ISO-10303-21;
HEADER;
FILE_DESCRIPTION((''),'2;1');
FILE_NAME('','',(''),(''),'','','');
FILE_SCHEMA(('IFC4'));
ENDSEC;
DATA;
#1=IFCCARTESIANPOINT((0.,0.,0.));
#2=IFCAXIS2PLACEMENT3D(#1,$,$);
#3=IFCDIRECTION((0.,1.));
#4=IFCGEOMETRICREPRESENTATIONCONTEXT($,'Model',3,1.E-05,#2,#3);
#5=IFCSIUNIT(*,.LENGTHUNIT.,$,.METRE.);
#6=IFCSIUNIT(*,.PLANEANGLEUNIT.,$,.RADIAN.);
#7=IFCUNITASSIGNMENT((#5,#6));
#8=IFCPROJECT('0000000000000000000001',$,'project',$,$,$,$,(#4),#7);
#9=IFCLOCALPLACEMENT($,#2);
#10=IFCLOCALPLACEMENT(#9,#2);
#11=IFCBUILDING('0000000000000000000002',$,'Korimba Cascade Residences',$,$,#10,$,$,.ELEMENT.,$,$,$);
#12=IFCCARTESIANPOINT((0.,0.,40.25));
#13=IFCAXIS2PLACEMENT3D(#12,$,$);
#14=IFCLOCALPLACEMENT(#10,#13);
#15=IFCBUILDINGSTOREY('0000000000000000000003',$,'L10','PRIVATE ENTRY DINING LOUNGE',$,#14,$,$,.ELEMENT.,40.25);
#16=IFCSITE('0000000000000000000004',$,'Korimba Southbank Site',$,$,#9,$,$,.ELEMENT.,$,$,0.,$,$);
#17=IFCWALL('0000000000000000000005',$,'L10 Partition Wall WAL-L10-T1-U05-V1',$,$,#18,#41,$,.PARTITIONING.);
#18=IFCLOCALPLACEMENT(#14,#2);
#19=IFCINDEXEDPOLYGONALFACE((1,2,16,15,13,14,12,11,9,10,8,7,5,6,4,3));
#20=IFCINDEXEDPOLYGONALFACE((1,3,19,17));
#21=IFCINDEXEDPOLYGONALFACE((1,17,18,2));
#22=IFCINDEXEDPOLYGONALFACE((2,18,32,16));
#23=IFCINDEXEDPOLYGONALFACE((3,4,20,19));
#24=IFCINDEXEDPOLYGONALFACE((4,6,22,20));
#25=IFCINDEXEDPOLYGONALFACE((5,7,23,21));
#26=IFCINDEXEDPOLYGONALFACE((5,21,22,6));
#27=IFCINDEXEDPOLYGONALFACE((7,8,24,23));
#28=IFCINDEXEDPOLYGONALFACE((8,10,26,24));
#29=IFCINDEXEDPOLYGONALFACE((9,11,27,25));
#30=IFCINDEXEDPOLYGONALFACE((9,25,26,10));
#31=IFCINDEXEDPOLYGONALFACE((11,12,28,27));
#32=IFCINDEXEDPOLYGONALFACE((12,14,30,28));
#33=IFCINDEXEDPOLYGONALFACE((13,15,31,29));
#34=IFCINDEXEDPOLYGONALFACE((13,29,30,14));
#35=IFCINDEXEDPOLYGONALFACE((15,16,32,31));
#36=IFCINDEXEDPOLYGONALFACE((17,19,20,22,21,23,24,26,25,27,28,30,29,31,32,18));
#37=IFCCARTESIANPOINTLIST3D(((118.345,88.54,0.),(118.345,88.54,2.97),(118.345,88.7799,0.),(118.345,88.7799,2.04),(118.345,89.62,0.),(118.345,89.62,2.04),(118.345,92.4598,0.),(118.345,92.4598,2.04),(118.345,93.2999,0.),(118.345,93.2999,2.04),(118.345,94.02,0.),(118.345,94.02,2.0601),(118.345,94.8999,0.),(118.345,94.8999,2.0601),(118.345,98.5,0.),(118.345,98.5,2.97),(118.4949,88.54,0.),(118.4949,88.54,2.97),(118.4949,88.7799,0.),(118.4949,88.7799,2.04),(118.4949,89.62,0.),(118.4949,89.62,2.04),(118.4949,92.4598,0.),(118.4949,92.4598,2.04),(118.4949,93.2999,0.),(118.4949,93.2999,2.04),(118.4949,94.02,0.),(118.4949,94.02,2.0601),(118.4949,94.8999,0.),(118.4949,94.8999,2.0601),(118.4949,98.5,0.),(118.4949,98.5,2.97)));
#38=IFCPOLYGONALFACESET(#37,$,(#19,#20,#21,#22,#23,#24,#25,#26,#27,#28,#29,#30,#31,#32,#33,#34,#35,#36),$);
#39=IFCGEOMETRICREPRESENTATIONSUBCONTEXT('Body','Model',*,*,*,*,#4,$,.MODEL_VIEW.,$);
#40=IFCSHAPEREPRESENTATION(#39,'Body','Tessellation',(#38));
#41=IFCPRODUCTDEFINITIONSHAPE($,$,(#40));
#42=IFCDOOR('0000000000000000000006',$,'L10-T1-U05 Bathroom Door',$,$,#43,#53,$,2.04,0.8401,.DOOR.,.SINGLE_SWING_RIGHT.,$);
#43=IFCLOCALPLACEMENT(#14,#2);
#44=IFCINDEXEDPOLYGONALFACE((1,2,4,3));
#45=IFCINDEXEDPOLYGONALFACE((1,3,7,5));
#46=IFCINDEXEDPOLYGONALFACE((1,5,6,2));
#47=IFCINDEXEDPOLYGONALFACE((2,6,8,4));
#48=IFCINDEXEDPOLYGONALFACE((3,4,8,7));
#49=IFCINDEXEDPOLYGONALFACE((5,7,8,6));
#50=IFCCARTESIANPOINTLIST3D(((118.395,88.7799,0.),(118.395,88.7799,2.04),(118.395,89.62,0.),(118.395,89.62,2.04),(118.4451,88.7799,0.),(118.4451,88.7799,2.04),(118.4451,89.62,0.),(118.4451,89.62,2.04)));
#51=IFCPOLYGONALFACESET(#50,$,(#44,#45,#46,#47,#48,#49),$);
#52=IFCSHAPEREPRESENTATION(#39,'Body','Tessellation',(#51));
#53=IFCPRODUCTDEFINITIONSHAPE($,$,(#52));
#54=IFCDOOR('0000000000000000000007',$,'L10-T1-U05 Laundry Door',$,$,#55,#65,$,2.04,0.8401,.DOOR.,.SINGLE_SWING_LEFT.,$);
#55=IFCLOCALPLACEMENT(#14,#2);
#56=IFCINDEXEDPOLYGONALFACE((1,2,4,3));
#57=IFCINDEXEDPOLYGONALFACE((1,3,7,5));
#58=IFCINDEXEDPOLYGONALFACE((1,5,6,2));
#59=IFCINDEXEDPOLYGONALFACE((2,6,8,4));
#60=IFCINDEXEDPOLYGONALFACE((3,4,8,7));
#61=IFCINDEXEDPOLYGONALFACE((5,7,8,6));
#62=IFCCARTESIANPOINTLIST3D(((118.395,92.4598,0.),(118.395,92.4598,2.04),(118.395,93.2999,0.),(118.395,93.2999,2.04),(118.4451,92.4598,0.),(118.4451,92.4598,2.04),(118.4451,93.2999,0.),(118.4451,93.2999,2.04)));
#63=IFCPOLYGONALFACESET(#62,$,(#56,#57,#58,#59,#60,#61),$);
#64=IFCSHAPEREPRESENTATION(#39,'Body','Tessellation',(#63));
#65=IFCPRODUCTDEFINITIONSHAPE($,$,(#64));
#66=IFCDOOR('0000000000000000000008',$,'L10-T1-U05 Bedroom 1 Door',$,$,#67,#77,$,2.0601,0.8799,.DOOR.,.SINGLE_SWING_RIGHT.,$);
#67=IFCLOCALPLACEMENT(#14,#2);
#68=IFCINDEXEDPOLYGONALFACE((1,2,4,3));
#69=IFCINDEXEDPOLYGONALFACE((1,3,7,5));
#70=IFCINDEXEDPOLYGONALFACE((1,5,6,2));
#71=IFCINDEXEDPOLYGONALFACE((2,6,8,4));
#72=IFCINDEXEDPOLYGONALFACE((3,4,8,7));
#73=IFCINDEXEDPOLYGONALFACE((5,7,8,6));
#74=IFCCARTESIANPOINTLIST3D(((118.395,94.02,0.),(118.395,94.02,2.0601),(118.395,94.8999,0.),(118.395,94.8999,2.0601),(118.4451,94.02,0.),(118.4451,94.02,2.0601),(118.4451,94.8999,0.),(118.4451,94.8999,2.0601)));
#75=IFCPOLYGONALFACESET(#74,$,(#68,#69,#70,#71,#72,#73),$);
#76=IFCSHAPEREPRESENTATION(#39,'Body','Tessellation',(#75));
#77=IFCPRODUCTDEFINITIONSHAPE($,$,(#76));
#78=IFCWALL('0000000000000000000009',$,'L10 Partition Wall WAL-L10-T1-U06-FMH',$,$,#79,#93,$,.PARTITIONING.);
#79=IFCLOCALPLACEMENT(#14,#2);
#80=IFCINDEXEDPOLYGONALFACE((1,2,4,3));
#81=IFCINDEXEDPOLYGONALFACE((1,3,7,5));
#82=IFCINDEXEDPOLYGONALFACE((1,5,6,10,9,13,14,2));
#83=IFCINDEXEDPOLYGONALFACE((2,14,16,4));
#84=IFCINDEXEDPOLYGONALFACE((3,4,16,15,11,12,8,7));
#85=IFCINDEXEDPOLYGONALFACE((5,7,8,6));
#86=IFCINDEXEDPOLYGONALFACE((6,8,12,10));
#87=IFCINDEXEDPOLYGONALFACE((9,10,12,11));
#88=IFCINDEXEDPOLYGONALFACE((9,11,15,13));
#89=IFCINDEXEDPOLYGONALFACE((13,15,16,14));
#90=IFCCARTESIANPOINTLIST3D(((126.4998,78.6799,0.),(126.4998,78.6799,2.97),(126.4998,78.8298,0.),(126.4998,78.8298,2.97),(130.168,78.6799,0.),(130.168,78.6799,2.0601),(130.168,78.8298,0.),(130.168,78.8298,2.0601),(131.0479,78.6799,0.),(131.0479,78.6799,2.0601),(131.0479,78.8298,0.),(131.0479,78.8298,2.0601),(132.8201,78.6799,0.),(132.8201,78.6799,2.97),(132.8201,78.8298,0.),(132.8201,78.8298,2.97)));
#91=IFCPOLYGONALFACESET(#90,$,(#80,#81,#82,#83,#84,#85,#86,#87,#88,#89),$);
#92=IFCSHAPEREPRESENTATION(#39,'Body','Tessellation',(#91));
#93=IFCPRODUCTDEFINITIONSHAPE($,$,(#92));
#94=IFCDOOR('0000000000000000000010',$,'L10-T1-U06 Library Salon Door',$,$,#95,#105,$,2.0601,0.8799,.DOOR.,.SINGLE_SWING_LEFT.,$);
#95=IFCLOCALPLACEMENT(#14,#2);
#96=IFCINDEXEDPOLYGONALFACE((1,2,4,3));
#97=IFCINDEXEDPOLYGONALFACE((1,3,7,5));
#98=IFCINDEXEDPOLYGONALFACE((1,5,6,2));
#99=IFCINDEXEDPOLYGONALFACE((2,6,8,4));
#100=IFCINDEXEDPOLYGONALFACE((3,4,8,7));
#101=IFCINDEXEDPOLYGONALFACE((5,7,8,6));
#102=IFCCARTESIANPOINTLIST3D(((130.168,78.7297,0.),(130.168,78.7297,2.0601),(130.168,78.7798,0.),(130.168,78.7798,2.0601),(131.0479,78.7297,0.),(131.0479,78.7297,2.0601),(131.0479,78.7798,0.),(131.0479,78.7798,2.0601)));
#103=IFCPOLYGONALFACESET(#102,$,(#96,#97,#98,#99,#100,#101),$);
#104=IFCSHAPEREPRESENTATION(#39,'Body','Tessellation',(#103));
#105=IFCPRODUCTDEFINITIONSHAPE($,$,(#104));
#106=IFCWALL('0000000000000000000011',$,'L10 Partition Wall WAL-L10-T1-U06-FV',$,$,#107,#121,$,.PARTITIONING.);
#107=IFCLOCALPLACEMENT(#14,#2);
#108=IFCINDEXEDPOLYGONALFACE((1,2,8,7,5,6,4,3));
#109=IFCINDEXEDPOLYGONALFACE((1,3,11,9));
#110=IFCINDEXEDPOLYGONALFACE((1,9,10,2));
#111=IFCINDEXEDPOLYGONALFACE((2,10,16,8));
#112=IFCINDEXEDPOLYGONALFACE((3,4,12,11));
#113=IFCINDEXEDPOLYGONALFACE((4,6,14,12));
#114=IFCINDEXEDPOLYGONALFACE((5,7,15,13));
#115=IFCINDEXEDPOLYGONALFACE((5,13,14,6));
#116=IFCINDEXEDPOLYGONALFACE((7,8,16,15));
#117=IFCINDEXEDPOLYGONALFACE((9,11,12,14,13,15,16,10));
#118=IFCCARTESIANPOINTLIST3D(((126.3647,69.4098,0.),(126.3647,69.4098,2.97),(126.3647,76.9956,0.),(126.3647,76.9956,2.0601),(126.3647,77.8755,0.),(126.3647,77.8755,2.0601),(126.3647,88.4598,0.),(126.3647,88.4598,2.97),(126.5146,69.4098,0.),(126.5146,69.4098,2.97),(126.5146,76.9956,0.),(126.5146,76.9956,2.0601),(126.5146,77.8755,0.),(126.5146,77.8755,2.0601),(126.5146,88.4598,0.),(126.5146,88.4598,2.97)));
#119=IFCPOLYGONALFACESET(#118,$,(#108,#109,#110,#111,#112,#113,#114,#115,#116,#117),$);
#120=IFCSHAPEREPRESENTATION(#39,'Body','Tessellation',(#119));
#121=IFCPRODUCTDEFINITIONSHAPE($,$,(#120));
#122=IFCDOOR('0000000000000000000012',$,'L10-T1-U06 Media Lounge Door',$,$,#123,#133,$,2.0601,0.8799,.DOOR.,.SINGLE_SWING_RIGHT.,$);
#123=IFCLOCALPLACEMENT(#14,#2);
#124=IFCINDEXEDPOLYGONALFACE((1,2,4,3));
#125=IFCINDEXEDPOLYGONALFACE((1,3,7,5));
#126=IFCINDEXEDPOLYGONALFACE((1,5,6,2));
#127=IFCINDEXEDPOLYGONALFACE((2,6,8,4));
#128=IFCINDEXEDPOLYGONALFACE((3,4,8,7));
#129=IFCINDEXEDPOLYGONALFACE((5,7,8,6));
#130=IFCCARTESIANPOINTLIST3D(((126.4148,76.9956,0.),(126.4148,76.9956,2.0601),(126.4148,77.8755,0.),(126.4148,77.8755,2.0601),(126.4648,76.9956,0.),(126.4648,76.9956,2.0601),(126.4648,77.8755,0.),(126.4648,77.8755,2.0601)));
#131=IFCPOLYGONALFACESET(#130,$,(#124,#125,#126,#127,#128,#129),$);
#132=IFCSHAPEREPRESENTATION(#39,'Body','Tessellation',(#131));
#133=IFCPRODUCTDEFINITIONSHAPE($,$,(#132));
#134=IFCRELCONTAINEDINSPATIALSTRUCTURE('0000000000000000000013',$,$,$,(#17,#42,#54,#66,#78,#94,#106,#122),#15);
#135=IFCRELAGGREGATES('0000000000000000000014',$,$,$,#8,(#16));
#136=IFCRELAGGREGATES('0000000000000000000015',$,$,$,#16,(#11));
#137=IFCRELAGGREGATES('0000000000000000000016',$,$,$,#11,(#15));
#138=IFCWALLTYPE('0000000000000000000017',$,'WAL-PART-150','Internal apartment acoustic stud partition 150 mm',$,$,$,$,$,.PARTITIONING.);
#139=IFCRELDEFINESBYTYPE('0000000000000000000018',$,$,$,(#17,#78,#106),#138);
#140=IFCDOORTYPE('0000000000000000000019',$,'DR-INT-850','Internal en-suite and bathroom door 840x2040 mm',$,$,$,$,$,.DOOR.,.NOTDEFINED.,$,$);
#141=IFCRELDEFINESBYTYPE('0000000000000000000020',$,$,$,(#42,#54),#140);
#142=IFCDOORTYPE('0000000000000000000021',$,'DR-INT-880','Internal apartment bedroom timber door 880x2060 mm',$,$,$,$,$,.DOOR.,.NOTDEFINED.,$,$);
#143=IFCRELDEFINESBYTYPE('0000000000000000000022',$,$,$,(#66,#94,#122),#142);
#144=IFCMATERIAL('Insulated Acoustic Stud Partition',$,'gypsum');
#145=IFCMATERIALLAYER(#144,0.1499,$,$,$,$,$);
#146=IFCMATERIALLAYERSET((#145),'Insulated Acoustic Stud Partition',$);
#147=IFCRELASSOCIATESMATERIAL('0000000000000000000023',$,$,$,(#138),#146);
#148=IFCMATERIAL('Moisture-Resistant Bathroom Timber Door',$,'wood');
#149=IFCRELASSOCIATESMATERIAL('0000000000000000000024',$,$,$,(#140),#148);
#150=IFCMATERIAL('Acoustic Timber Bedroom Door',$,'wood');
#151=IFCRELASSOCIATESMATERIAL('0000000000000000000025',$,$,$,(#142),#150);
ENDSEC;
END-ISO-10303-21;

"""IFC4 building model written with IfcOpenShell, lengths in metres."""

from ifc_helpers import new_model, si_unit, direction, frame, frame_2d, origin, place, context, subcontext, project, spatial, rectangle, extrude, material, layer, layer_set, type_object, element, fill, save


model = new_model("IFC4")

# Units and contexts
model_context = context("Model", 3, precision=1e-05, world=origin(), true_north=direction((0.0, 1.0)))
body_context = subcontext(model_context, "Body", "Model", "MODEL_VIEW")
ifc_project = project(units=[si_unit("LENGTHUNIT", "METRE"), si_unit("PLANEANGLEUNIT", "RADIAN")], contexts=[model_context])

# Site, building, storey
site_placement = place(None, origin())
site = spatial("IfcSite", under=ifc_project, at=site_placement, Name="Korimba Southbank Site", CompositionType="ELEMENT", RefElevation=0.0)
building_placement = place(site_placement, origin())
building = spatial("IfcBuilding", under=site, at=building_placement, Name="Korimba Cascade Residences", CompositionType="ELEMENT")
storey_placement = place(building_placement, frame((0.0, 0.0, 40.25)))
storey = spatial("IfcBuildingStorey", under=building, at=storey_placement, Name="L10", Description="PRIVATE ENTRY DINING LOUNGE", CompositionType="ELEMENT", Elevation=40.25)

# Shared definitions
ifc_material_1 = material(Name="Insulated Acoustic Stud Partition", Category="gypsum")
ifc_layer_1 = layer(ifc_material_1, 0.1499)
ifc_layer_set_1 = layer_set([ifc_layer_1], Name="Insulated Acoustic Stud Partition")
wall_type_1 = type_object("IfcWallType", Name="WAL-PART-150", Description="Internal apartment acoustic stud partition 150 mm", PredefinedType="PARTITIONING", material=ifc_layer_set_1)
ifc_material_2 = material(Name="Moisture-Resistant Bathroom Timber Door", Category="wood")
door_type_1 = type_object("IfcDoorType", Name="DR-INT-850", Description="Internal en-suite and bathroom door 840x2040 mm", OperationType="NOTDEFINED", PredefinedType="DOOR", material=ifc_material_2)
ifc_material_3 = material(Name="Acoustic Timber Bedroom Door", Category="wood")
door_type_2 = type_object("IfcDoorType", Name="DR-INT-880", Description="Internal apartment bedroom timber door 880x2060 mm", OperationType="NOTDEFINED", PredefinedType="DOOR", material=ifc_material_3)

# Wall, openings, doors
wall_1_placement = place(storey_placement, frame((118.4199, 88.54, 0.0), z_axis=(0.0, 0.0, 1.0), x_axis=(0.0, 1.0, 0.0)))
wall_1 = element("IfcWall", 1, at=wall_1_placement, inside=storey, type_object=wall_type_1, Name="L10 Partition Wall WAL-L10-T1-U05-V1", PredefinedType="PARTITIONING", context=body_context, shape_type="SweptSolid", body=[
    extrude(rectangle(XDim=9.96, YDim=0.1499, at=frame_2d((4.98, 0.0))), origin(), (0.0, 0.0, 1.0), 2.97),
])
opening_1_placement = place(wall_1_placement, frame((0.24, 0.0, 0.0)))
opening_1 = element("IfcOpeningElement", 2, at=opening_1_placement, cuts=wall_1, PredefinedType="OPENING", context=body_context, shape_type="SweptSolid", body=[
    extrude(rectangle(XDim=0.8401, YDim=2.04, at=frame_2d((0.4199, 1.02))), frame((0.0, 0.085, 0.0), z_axis=(0.0, -1.0, 0.0), x_axis=(1.0, 0.0, 0.0)), (0.0, 0.0, 1.0), 0.1699),
])
opening_2_placement = place(wall_1_placement, frame((3.9199, 0.0, 0.0)))
opening_2 = element("IfcOpeningElement", 3, at=opening_2_placement, cuts=wall_1, PredefinedType="OPENING", context=body_context, shape_type="SweptSolid", body=[
    extrude(rectangle(XDim=0.8401, YDim=2.04, at=frame_2d((0.4199, 1.02))), frame((0.0, 0.085, 0.0), z_axis=(0.0, -1.0, 0.0), x_axis=(1.0, 0.0, 0.0)), (0.0, 0.0, 1.0), 0.1699),
])
opening_3_placement = place(wall_1_placement, frame((5.48, 0.0, 0.0)))
opening_3 = element("IfcOpeningElement", 4, at=opening_3_placement, cuts=wall_1, PredefinedType="OPENING", context=body_context, shape_type="SweptSolid", body=[
    extrude(rectangle(XDim=0.8799, YDim=2.0601, at=frame_2d((0.4399, 1.03))), frame((0.0, 0.085, 0.0), z_axis=(0.0, -1.0, 0.0), x_axis=(1.0, 0.0, 0.0)), (0.0, 0.0, 1.0), 0.1699),
])
door_1_placement = place(opening_1_placement, origin())
door_1 = element("IfcDoor", 5, at=door_1_placement, inside=storey, type_object=door_type_1, Name="L10-T1-U05 Bathroom Door", OperationType="SINGLE_SWING_RIGHT", OverallHeight=2.04, OverallWidth=0.8401, PredefinedType="DOOR", context=body_context, shape_type="SweptSolid", body=[
    extrude(rectangle(XDim=0.8401, YDim=2.04, at=frame_2d((0.4199, 1.02))), frame((0.0, 0.0249, 0.0), z_axis=(0.0, -1.0, 0.0), x_axis=(1.0, 0.0, 0.0)), (0.0, 0.0, 1.0), 0.05),
])
fill(opening_1, door_1)
door_2_placement = place(opening_2_placement, origin())
door_2 = element("IfcDoor", 6, at=door_2_placement, inside=storey, type_object=door_type_1, Name="L10-T1-U05 Laundry Door", OperationType="SINGLE_SWING_LEFT", OverallHeight=2.04, OverallWidth=0.8401, PredefinedType="DOOR", context=body_context, shape_type="SweptSolid", body=[
    extrude(rectangle(XDim=0.8401, YDim=2.04, at=frame_2d((0.4199, 1.02))), frame((0.0, 0.0249, 0.0), z_axis=(0.0, -1.0, 0.0), x_axis=(1.0, 0.0, 0.0)), (0.0, 0.0, 1.0), 0.05),
])
fill(opening_2, door_2)
door_3_placement = place(opening_3_placement, origin())
door_3 = element("IfcDoor", 7, at=door_3_placement, inside=storey, type_object=door_type_2, Name="L10-T1-U05 Bedroom 1 Door", OperationType="SINGLE_SWING_RIGHT", OverallHeight=2.0601, OverallWidth=0.8799, PredefinedType="DOOR", context=body_context, shape_type="SweptSolid", body=[
    extrude(rectangle(XDim=0.8799, YDim=2.0601, at=frame_2d((0.4399, 1.03))), frame((0.0, 0.0249, 0.0), z_axis=(0.0, -1.0, 0.0), x_axis=(1.0, 0.0, 0.0)), (0.0, 0.0, 1.0), 0.05),
])
fill(opening_3, door_3)

# Walls, openings, doors
wall_2_placement = place(storey_placement, frame((126.4998, 78.7549, 0.0), z_axis=(0.0, 0.0, 1.0), x_axis=(1.0, 0.0, 0.0)))
wall_2 = element("IfcWall", 8, at=wall_2_placement, inside=storey, type_object=wall_type_1, Name="L10 Partition Wall WAL-L10-T1-U06-FMH", PredefinedType="PARTITIONING", context=body_context, shape_type="SweptSolid", body=[
    extrude(rectangle(XDim=6.3203, YDim=0.1499, at=frame_2d((3.1602, 0.0))), origin(), (0.0, 0.0, 1.0), 2.97),
])
opening_4_placement = place(wall_2_placement, frame((3.6682, 0.0, 0.0)))
opening_4 = element("IfcOpeningElement", 9, at=opening_4_placement, cuts=wall_2, PredefinedType="OPENING", context=body_context, shape_type="SweptSolid", body=[
    extrude(rectangle(XDim=0.8799, YDim=2.0601, at=frame_2d((0.4399, 1.03))), frame((0.0, 0.085, 0.0), z_axis=(0.0, -1.0, 0.0), x_axis=(1.0, 0.0, 0.0)), (0.0, 0.0, 1.0), 0.1699),
])
door_4_placement = place(opening_4_placement, origin())
door_4 = element("IfcDoor", 10, at=door_4_placement, inside=storey, type_object=door_type_2, Name="L10-T1-U06 Library Salon Door", OperationType="SINGLE_SWING_LEFT", OverallHeight=2.0601, OverallWidth=0.8799, PredefinedType="DOOR", context=body_context, shape_type="SweptSolid", body=[
    extrude(rectangle(XDim=0.8799, YDim=2.0601, at=frame_2d((0.4399, 1.03))), frame((0.0, 0.0249, 0.0), z_axis=(0.0, -1.0, 0.0), x_axis=(1.0, 0.0, 0.0)), (0.0, 0.0, 1.0), 0.05),
])
fill(opening_4, door_4)
wall_3_placement = place(storey_placement, frame((126.4397, 69.4099, 0.0), z_axis=(0.0, 0.0, 1.0), x_axis=(0.0, 1.0, 0.0)))
wall_3 = element("IfcWall", 11, at=wall_3_placement, inside=storey, type_object=wall_type_1, Name="L10 Partition Wall WAL-L10-T1-U06-FV", PredefinedType="PARTITIONING", context=body_context, shape_type="SweptSolid", body=[
    extrude(rectangle(XDim=19.05, YDim=0.1499, at=frame_2d((9.5249, 0.0))), origin(), (0.0, 0.0, 1.0), 2.97),
])
opening_5_placement = place(wall_3_placement, frame((7.5857, 0.0, 0.0)))
opening_5 = element("IfcOpeningElement", 12, at=opening_5_placement, cuts=wall_3, PredefinedType="OPENING", context=body_context, shape_type="SweptSolid", body=[
    extrude(rectangle(XDim=0.8799, YDim=2.0601, at=frame_2d((0.4399, 1.03))), frame((0.0, 0.085, 0.0), z_axis=(0.0, -1.0, 0.0), x_axis=(1.0, 0.0, 0.0)), (0.0, 0.0, 1.0), 0.1699),
])
door_5_placement = place(opening_5_placement, origin())
door_5 = element("IfcDoor", 13, at=door_5_placement, inside=storey, type_object=door_type_2, Name="L10-T1-U06 Media Lounge Door", OperationType="SINGLE_SWING_RIGHT", OverallHeight=2.0601, OverallWidth=0.8799, PredefinedType="DOOR", context=body_context, shape_type="SweptSolid", body=[
    extrude(rectangle(XDim=0.8799, YDim=2.0601, at=frame_2d((0.4399, 1.03))), frame((0.0, 0.0249, 0.0), z_axis=(0.0, -1.0, 0.0), x_axis=(1.0, 0.0, 0.0)), (0.0, 0.0, 1.0), 0.05),
])
fill(opening_5, door_5)

save(model, "model.ifc")
